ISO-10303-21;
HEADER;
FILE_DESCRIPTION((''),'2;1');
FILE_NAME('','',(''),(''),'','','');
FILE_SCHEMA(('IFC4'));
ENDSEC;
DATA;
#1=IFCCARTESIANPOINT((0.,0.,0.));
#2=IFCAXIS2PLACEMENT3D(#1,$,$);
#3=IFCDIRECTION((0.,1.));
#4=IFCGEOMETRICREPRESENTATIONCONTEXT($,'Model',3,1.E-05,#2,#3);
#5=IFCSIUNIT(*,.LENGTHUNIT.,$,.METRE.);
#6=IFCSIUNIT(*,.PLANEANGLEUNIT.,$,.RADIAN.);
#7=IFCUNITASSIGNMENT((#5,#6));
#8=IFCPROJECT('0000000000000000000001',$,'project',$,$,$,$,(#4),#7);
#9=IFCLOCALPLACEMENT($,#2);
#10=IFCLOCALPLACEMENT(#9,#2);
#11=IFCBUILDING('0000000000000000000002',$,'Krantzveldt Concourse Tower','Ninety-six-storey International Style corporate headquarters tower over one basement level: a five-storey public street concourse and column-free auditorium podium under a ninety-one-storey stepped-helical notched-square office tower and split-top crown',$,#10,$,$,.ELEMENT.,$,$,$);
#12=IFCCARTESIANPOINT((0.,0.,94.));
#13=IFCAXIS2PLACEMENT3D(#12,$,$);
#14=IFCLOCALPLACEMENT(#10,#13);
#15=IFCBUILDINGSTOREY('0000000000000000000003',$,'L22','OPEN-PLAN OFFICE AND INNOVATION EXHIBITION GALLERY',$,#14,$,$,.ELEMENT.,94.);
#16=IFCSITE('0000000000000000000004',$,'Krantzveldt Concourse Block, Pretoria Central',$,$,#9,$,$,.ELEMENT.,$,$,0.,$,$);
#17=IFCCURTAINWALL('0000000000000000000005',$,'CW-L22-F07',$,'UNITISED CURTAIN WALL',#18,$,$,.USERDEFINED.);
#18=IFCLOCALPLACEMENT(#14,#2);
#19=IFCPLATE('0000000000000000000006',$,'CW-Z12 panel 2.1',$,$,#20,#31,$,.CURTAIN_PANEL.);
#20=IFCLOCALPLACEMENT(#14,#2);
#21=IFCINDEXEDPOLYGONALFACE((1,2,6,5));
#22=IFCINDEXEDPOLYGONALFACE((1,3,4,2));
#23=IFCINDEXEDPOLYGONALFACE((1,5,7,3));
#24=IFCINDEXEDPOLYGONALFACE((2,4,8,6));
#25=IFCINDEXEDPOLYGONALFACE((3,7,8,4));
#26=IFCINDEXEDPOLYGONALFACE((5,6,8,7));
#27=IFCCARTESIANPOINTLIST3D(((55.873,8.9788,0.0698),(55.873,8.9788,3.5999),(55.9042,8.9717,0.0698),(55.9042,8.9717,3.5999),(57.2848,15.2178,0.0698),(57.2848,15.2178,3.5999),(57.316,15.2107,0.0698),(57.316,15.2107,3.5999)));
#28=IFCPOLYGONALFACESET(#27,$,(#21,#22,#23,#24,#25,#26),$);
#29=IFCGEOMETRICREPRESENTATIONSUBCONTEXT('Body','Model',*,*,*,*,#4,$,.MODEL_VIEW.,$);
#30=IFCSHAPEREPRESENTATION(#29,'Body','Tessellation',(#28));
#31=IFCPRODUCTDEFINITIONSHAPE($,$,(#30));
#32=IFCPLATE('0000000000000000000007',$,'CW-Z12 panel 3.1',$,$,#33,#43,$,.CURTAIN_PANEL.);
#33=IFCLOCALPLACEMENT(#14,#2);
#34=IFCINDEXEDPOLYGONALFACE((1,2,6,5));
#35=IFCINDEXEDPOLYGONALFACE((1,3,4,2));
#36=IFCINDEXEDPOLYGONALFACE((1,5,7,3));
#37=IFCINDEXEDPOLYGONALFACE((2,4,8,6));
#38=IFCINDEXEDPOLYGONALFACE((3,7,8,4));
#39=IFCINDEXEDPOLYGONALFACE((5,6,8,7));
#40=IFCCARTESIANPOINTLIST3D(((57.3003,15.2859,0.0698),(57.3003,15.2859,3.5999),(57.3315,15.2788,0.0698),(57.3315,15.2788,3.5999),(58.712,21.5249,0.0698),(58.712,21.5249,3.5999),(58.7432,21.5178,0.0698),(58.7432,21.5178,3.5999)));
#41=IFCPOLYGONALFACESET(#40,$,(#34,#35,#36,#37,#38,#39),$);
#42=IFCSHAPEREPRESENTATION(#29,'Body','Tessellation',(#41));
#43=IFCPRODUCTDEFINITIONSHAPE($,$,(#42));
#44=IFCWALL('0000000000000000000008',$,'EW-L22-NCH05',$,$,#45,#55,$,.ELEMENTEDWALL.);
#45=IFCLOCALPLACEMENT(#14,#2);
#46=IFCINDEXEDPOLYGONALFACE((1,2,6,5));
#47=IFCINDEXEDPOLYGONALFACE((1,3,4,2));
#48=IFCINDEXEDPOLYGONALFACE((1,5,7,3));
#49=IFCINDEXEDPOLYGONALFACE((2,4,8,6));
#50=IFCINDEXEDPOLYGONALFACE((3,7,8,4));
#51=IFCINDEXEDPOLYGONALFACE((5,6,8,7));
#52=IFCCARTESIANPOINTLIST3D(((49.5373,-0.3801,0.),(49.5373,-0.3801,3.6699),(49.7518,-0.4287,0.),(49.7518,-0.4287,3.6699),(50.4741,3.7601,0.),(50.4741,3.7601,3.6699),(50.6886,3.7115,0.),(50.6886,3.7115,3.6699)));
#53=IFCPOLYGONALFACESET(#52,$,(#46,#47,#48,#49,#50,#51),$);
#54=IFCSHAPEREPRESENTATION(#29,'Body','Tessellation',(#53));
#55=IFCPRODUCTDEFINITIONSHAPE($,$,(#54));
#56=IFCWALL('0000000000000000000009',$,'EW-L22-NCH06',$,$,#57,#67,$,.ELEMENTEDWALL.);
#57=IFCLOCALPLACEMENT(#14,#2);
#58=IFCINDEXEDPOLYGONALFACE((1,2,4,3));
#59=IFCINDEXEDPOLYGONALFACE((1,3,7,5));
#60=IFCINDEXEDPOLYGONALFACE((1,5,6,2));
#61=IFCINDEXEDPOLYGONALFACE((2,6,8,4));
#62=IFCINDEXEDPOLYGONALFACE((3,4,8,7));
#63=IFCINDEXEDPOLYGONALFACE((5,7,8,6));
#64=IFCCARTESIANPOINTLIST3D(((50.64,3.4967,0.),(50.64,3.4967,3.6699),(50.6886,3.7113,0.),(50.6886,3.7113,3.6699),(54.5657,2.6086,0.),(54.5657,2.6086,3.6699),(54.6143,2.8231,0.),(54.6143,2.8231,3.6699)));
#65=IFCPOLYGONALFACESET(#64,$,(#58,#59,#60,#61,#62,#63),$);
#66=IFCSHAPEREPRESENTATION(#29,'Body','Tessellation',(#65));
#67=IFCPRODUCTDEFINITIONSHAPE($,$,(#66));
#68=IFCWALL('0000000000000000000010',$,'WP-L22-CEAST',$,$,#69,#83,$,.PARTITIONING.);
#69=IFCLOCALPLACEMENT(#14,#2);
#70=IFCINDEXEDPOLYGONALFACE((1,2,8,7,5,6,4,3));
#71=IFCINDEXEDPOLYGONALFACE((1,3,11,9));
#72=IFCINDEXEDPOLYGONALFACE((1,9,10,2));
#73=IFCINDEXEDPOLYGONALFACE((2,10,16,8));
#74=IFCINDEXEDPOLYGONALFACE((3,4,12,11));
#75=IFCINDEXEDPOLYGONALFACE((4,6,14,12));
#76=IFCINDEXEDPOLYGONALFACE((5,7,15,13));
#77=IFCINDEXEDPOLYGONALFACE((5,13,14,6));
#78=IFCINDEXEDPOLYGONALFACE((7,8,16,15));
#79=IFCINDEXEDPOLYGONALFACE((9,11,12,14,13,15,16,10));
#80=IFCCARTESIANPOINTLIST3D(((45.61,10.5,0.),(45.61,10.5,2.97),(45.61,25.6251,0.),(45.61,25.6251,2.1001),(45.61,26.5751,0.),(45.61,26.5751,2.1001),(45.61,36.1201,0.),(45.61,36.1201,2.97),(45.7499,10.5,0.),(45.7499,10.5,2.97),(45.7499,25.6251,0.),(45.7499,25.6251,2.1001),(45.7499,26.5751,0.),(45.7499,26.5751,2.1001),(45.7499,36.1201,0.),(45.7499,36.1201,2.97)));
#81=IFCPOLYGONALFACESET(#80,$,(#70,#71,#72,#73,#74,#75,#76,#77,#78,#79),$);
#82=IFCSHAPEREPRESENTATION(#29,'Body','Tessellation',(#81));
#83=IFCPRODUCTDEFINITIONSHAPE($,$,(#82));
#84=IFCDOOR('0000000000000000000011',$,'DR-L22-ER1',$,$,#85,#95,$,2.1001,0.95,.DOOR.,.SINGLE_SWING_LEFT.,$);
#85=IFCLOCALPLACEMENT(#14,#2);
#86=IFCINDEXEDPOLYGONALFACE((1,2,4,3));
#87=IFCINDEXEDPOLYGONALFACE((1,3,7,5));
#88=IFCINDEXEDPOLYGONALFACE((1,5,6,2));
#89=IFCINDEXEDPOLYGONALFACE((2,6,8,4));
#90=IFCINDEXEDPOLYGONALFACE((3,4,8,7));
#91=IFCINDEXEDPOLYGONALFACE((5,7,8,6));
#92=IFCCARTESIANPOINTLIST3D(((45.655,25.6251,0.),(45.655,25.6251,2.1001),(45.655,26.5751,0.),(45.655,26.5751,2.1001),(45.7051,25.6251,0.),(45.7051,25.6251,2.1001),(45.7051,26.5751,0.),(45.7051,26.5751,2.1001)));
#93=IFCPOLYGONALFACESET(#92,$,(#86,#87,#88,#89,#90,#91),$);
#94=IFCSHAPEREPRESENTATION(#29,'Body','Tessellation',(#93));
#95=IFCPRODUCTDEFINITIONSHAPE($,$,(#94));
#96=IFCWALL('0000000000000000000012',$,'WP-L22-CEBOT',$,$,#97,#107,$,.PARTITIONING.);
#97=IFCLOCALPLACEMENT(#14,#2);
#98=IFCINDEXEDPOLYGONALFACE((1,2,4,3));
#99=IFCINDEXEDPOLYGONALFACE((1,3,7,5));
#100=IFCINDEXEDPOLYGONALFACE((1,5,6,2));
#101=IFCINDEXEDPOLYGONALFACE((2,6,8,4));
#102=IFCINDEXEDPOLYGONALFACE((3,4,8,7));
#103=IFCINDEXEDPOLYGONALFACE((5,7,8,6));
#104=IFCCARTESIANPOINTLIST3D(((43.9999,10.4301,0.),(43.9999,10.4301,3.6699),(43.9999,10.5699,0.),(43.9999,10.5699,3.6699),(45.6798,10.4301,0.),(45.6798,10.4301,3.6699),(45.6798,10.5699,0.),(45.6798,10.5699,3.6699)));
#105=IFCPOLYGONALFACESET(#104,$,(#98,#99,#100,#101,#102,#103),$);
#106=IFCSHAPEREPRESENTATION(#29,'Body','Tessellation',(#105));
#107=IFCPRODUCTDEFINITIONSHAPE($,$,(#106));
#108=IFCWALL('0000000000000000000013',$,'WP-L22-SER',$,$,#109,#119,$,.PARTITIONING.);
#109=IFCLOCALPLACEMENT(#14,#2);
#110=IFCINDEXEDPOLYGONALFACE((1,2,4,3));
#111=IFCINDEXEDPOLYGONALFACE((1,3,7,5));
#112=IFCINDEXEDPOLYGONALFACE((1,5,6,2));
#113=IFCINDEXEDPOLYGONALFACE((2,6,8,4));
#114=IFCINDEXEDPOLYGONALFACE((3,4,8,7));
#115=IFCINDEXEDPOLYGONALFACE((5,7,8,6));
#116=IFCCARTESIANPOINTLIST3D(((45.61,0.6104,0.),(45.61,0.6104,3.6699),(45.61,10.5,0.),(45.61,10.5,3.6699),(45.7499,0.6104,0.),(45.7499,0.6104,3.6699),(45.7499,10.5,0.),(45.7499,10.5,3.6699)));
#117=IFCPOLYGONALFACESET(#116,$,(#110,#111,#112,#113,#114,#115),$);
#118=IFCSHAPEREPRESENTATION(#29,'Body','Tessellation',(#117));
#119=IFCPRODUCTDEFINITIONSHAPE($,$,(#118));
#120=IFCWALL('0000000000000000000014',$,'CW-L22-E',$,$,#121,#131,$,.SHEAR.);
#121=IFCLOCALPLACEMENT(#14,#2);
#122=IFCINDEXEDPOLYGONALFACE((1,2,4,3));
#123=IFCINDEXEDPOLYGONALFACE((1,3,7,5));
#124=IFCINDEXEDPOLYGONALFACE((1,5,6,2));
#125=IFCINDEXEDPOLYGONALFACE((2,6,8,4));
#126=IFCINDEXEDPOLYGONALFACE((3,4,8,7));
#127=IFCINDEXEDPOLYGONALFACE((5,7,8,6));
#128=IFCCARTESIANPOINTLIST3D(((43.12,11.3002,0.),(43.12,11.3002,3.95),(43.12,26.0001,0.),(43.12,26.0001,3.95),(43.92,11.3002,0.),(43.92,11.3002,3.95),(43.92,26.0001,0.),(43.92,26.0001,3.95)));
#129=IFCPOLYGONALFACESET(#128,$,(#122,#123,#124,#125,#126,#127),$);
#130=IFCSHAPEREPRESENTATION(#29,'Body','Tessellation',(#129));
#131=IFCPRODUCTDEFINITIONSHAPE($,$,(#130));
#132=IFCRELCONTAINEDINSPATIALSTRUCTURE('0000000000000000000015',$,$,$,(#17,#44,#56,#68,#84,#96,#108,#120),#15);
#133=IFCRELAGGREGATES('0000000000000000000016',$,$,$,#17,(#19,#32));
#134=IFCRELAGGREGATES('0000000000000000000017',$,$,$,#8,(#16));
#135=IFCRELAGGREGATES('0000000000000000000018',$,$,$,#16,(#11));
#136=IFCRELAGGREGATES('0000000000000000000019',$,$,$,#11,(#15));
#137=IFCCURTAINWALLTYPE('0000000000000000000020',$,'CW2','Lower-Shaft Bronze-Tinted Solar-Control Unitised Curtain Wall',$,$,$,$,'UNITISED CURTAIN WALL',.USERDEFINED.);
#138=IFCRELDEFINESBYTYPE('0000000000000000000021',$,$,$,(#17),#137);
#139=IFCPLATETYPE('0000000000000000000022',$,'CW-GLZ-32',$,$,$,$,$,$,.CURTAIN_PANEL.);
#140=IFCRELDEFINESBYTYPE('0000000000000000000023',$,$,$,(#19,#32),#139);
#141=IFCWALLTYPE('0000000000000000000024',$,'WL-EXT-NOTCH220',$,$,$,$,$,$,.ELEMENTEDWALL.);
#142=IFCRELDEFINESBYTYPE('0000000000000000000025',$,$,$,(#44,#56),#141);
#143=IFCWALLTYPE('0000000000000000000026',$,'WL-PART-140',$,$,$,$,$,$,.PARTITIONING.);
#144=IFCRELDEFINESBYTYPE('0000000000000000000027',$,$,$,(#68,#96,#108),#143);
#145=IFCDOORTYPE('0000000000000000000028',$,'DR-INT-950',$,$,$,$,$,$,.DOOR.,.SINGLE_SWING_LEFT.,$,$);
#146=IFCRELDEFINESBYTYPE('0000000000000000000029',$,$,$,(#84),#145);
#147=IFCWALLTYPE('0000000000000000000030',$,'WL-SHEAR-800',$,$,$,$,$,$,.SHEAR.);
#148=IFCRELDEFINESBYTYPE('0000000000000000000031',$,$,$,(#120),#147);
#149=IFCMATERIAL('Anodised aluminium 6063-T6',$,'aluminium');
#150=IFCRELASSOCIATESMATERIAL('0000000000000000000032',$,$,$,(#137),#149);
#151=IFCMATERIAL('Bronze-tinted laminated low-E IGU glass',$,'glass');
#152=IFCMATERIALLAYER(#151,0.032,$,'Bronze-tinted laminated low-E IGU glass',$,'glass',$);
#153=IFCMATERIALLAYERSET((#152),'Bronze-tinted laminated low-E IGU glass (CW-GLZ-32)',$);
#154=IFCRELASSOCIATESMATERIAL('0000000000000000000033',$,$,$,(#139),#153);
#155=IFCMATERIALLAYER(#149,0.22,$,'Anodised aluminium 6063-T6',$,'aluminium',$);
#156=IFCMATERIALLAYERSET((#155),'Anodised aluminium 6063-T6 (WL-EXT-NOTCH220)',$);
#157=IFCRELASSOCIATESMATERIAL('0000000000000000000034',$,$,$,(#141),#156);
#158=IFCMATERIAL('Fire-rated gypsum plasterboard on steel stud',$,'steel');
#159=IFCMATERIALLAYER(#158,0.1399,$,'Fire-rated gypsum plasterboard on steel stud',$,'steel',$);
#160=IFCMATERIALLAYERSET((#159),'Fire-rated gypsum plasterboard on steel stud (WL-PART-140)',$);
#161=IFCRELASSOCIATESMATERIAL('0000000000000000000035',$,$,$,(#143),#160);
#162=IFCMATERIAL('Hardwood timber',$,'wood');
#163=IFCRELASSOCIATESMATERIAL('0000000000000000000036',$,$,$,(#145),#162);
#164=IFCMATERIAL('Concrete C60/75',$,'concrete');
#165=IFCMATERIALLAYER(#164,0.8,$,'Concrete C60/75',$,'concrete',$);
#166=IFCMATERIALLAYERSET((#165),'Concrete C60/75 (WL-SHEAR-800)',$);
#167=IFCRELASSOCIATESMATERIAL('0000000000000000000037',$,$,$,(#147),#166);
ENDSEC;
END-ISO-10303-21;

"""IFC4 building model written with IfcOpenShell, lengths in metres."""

from ifc_helpers import new_model, si_unit, direction, frame, frame_2d, origin, origin_2d, place, context, subcontext, project, spatial, rectangle, extrude, source, transform, mapped, material, layer, layer_set, type_object, element, fill, aggregate, save


model = new_model("IFC4")

# Units and contexts
model_context = context("Model", 3, precision=1e-05, world=origin(), true_north=direction((0.0, 1.0)))
body_context = subcontext(model_context, "Body", "Model", "MODEL_VIEW")
ifc_project = project(units=[si_unit("LENGTHUNIT", "METRE"), si_unit("PLANEANGLEUNIT", "RADIAN")], contexts=[model_context])

# Site, building, storey
site_placement = place(None, origin())
site = spatial("IfcSite", under=ifc_project, at=site_placement, Name="Krantzveldt Concourse Block, Pretoria Central", CompositionType="ELEMENT", RefElevation=0.0)
building_placement = place(site_placement, origin())
building = spatial("IfcBuilding", under=site, at=building_placement, Name="Krantzveldt Concourse Tower", Description="Ninety-six-storey International Style corporate headquarters tower over one basement level: a five-storey public street concourse and column-free auditorium podium under a ninety-one-storey stepped-helical notched-square office tower and split-top crown", CompositionType="ELEMENT")
storey_placement = place(building_placement, frame((0.0, 0.0, 94.0)))
storey = spatial("IfcBuildingStorey", under=building, at=storey_placement, Name="L22", Description="OPEN-PLAN OFFICE AND INNOVATION EXHIBITION GALLERY", CompositionType="ELEMENT", Elevation=94.0)

# Shared definitions
ifc_material_1 = material(Name="Concrete C60/75", Category="concrete")

# Shared definitions
ifc_material_2 = material(Name="Anodised aluminium 6063-T6", Category="aluminium")
curtain_wall_type = type_object("IfcCurtainWallType", Name="CW2", Description="Lower-Shaft Bronze-Tinted Solar-Control Unitised Curtain Wall", ElementType="UNITISED CURTAIN WALL", PredefinedType="USERDEFINED", material=ifc_material_2)

# Curtain wall
curtain_wall_1_placement = place(storey_placement, origin())
curtain_wall_1 = element("IfcCurtainWall", 1, at=curtain_wall_1_placement, inside=storey, type_object=curtain_wall_type, Name="CW-L22-F07", ObjectType="UNITISED CURTAIN WALL", PredefinedType="USERDEFINED")

# Plates
ifc_material_3 = material(Name="Bronze-tinted laminated low-E IGU glass", Category="glass")
ifc_layer_1 = layer(ifc_material_3, 0.032, Name="Bronze-tinted laminated low-E IGU glass", Category="glass")
ifc_layer_set_1 = layer_set([ifc_layer_1], Name="Bronze-tinted laminated low-E IGU glass (CW-GLZ-32)")
plate_type = type_object("IfcPlateType", Name="CW-GLZ-32", PredefinedType="CURTAIN_PANEL", material=ifc_layer_set_1)
shared_shape_1 = source(origin(), body_context, "Body", "SweptSolid", [
    extrude(rectangle(XDim=6.3967, YDim=0.032, at=origin_2d()), origin(), (0.0, 0.0, 1.0), 3.53),
])
plate_1_placement = place(storey_placement, frame((56.5945, 12.0947, 0.0698), z_axis=(0.0, 0.0, 1.0), x_axis=(0.220697, 0.975342, 0.0)))
plate_1 = element("IfcPlate", 2, at=plate_1_placement, type_object=plate_type, Name="CW-Z12 panel 2.1", PredefinedType="CURTAIN_PANEL", context=body_context, shape_type="MappedRepresentation", body=[
    mapped(shared_shape_1, transform((0.0, 0.0, 0.0), x_axis=(1.0, 0.0, 0.0), y_axis=(0.0, 1.0, 0.0), z_axis=(0.0, 0.0, 1.0), scale=1.0)),
])
plate_2_placement = place(storey_placement, frame((58.0217, 18.4019, 0.0698), z_axis=(0.0, 0.0, 1.0), x_axis=(0.220697, 0.975342, 0.0)))
plate_2 = element("IfcPlate", 3, at=plate_2_placement, type_object=plate_type, Name="CW-Z12 panel 3.1", PredefinedType="CURTAIN_PANEL", context=body_context, shape_type="MappedRepresentation", body=[
    mapped(shared_shape_1, transform((0.0, 0.0, 0.0), x_axis=(1.0, 0.0, 0.0), y_axis=(0.0, 1.0, 0.0), z_axis=(0.0, 0.0, 1.0), scale=1.0)),
])
aggregate(curtain_wall_1, [plate_1, plate_2])

# Walls
ifc_layer_2 = layer(ifc_material_2, 0.22, Name="Anodised aluminium 6063-T6", Category="aluminium")
ifc_layer_set_2 = layer_set([ifc_layer_2], Name="Anodised aluminium 6063-T6 (WL-EXT-NOTCH220)")
wall_type_1 = type_object("IfcWallType", Name="WL-EXT-NOTCH220", PredefinedType="ELEMENTEDWALL", material=ifc_layer_set_2)
wall_1_placement = place(storey_placement, frame((49.6445, -0.4045, 0.0), z_axis=(0.0, 0.0, 1.0), x_axis=(0.220686, 0.975345, 0.0)))
element("IfcWall", 4, at=wall_1_placement, inside=storey, type_object=wall_type_1, Name="EW-L22-NCH05", PredefinedType="ELEMENTEDWALL", context=body_context, shape_type="SweptSolid", body=[
    extrude(rectangle(XDim=4.2449, YDim=0.22, at=frame_2d((2.1226, 0.0))), origin(), (0.0, 0.0, 1.0), 3.6699),
])
wall_2_placement = place(storey_placement, frame((50.6643, 3.604, 0.0), z_axis=(0.0, 0.0, 1.0), x_axis=(0.975349, -0.220667, 0.0)))
element("IfcWall", 5, at=wall_2_placement, inside=storey, type_object=wall_type_1, Name="EW-L22-NCH06", PredefinedType="ELEMENTEDWALL", context=body_context, shape_type="SweptSolid", body=[
    extrude(rectangle(XDim=4.0249, YDim=0.22, at=frame_2d((2.0125, 0.0))), origin(), (0.0, 0.0, 1.0), 3.6699),
])

# Wall, opening, door
ifc_material_4 = material(Name="Fire-rated gypsum plasterboard on steel stud", Category="steel")
ifc_layer_3 = layer(ifc_material_4, 0.1399, Name="Fire-rated gypsum plasterboard on steel stud", Category="steel")
ifc_layer_set_3 = layer_set([ifc_layer_3], Name="Fire-rated gypsum plasterboard on steel stud (WL-PART-140)")
wall_type_2 = type_object("IfcWallType", Name="WL-PART-140", PredefinedType="PARTITIONING", material=ifc_layer_set_3)
wall_3_placement = place(storey_placement, frame((45.6799, 10.5, 0.0), z_axis=(0.0, 0.0, 1.0), x_axis=(0.0, 1.0, 0.0)))
wall_3 = element("IfcWall", 6, at=wall_3_placement, inside=storey, type_object=wall_type_2, Name="WP-L22-CEAST", PredefinedType="PARTITIONING", context=body_context, shape_type="SweptSolid", body=[
    extrude(rectangle(XDim=25.6201, YDim=0.1399, at=frame_2d((12.8101, 0.0))), origin(), (0.0, 0.0, 1.0), 2.97),
])
opening_placement = place(wall_3_placement, frame((15.125, 0.0, 0.0)))
opening = element("IfcOpeningElement", 7, at=opening_placement, cuts=wall_3, PredefinedType="OPENING", context=body_context, shape_type="SweptSolid", body=[
    extrude(rectangle(XDim=0.95, YDim=2.1001, at=frame_2d((0.4751, 1.05))), frame((0.0, 0.0801, 0.0), z_axis=(0.0, -1.0, 0.0), x_axis=(1.0, 0.0, 0.0)), (0.0, 0.0, 1.0), 0.1599),
])
ifc_material_5 = material(Name="Hardwood timber", Category="wood")
door_type = type_object("IfcDoorType", Name="DR-INT-950", OperationType="SINGLE_SWING_LEFT", PredefinedType="DOOR", material=ifc_material_5)
door_placement = place(opening_placement, origin())
door = element("IfcDoor", 8, at=door_placement, inside=storey, type_object=door_type, Name="DR-L22-ER1", OperationType="SINGLE_SWING_LEFT", OverallHeight=2.1001, OverallWidth=0.95, PredefinedType="DOOR", context=body_context, shape_type="SweptSolid", body=[
    extrude(rectangle(XDim=0.95, YDim=2.1001, at=frame_2d((0.4751, 1.05))), frame((0.0, 0.0249, 0.0), z_axis=(0.0, -1.0, 0.0), x_axis=(1.0, 0.0, 0.0)), (0.0, 0.0, 1.0), 0.05),
])
fill(opening, door)

# Walls
wall_4_placement = place(storey_placement, frame((44.0, 10.5, 0.0), z_axis=(0.0, 0.0, 1.0), x_axis=(1.0, 0.0, 0.0)))
element("IfcWall", 9, at=wall_4_placement, inside=storey, type_object=wall_type_2, Name="WP-L22-CEBOT", PredefinedType="PARTITIONING", context=body_context, shape_type="SweptSolid", body=[
    extrude(rectangle(XDim=1.6799, YDim=0.1399, at=frame_2d((0.8398, 0.0))), origin(), (0.0, 0.0, 1.0), 3.6699),
])
wall_5_placement = place(storey_placement, frame((45.6799, 0.6104, 0.0), z_axis=(0.0, 0.0, 1.0), x_axis=(0.0, 1.0, 0.0)))
element("IfcWall", 10, at=wall_5_placement, inside=storey, type_object=wall_type_2, Name="WP-L22-SER", PredefinedType="PARTITIONING", context=body_context, shape_type="SweptSolid", body=[
    extrude(rectangle(XDim=9.8896, YDim=0.1399, at=frame_2d((4.9448, 0.0))), origin(), (0.0, 0.0, 1.0), 3.6699),
])
ifc_layer_4 = layer(ifc_material_1, 0.8, Name="Concrete C60/75", Category="concrete")
ifc_layer_set_4 = layer_set([ifc_layer_4], Name="Concrete C60/75 (WL-SHEAR-800)")
wall_type_3 = type_object("IfcWallType", Name="WL-SHEAR-800", PredefinedType="SHEAR", material=ifc_layer_set_4)
wall_6_placement = place(storey_placement, frame((43.52, 11.3, 0.0), z_axis=(0.0, 0.0, 1.0), x_axis=(0.0, 1.0, 0.0)))
element("IfcWall", 11, at=wall_6_placement, inside=storey, type_object=wall_type_3, Name="CW-L22-E", PredefinedType="SHEAR", context=body_context, shape_type="SweptSolid", body=[
    extrude(rectangle(XDim=14.7, YDim=0.8, at=frame_2d((7.3501, 0.0))), origin(), (0.0, 0.0, 1.0), 3.95),
])

save(model, "model.ifc")
